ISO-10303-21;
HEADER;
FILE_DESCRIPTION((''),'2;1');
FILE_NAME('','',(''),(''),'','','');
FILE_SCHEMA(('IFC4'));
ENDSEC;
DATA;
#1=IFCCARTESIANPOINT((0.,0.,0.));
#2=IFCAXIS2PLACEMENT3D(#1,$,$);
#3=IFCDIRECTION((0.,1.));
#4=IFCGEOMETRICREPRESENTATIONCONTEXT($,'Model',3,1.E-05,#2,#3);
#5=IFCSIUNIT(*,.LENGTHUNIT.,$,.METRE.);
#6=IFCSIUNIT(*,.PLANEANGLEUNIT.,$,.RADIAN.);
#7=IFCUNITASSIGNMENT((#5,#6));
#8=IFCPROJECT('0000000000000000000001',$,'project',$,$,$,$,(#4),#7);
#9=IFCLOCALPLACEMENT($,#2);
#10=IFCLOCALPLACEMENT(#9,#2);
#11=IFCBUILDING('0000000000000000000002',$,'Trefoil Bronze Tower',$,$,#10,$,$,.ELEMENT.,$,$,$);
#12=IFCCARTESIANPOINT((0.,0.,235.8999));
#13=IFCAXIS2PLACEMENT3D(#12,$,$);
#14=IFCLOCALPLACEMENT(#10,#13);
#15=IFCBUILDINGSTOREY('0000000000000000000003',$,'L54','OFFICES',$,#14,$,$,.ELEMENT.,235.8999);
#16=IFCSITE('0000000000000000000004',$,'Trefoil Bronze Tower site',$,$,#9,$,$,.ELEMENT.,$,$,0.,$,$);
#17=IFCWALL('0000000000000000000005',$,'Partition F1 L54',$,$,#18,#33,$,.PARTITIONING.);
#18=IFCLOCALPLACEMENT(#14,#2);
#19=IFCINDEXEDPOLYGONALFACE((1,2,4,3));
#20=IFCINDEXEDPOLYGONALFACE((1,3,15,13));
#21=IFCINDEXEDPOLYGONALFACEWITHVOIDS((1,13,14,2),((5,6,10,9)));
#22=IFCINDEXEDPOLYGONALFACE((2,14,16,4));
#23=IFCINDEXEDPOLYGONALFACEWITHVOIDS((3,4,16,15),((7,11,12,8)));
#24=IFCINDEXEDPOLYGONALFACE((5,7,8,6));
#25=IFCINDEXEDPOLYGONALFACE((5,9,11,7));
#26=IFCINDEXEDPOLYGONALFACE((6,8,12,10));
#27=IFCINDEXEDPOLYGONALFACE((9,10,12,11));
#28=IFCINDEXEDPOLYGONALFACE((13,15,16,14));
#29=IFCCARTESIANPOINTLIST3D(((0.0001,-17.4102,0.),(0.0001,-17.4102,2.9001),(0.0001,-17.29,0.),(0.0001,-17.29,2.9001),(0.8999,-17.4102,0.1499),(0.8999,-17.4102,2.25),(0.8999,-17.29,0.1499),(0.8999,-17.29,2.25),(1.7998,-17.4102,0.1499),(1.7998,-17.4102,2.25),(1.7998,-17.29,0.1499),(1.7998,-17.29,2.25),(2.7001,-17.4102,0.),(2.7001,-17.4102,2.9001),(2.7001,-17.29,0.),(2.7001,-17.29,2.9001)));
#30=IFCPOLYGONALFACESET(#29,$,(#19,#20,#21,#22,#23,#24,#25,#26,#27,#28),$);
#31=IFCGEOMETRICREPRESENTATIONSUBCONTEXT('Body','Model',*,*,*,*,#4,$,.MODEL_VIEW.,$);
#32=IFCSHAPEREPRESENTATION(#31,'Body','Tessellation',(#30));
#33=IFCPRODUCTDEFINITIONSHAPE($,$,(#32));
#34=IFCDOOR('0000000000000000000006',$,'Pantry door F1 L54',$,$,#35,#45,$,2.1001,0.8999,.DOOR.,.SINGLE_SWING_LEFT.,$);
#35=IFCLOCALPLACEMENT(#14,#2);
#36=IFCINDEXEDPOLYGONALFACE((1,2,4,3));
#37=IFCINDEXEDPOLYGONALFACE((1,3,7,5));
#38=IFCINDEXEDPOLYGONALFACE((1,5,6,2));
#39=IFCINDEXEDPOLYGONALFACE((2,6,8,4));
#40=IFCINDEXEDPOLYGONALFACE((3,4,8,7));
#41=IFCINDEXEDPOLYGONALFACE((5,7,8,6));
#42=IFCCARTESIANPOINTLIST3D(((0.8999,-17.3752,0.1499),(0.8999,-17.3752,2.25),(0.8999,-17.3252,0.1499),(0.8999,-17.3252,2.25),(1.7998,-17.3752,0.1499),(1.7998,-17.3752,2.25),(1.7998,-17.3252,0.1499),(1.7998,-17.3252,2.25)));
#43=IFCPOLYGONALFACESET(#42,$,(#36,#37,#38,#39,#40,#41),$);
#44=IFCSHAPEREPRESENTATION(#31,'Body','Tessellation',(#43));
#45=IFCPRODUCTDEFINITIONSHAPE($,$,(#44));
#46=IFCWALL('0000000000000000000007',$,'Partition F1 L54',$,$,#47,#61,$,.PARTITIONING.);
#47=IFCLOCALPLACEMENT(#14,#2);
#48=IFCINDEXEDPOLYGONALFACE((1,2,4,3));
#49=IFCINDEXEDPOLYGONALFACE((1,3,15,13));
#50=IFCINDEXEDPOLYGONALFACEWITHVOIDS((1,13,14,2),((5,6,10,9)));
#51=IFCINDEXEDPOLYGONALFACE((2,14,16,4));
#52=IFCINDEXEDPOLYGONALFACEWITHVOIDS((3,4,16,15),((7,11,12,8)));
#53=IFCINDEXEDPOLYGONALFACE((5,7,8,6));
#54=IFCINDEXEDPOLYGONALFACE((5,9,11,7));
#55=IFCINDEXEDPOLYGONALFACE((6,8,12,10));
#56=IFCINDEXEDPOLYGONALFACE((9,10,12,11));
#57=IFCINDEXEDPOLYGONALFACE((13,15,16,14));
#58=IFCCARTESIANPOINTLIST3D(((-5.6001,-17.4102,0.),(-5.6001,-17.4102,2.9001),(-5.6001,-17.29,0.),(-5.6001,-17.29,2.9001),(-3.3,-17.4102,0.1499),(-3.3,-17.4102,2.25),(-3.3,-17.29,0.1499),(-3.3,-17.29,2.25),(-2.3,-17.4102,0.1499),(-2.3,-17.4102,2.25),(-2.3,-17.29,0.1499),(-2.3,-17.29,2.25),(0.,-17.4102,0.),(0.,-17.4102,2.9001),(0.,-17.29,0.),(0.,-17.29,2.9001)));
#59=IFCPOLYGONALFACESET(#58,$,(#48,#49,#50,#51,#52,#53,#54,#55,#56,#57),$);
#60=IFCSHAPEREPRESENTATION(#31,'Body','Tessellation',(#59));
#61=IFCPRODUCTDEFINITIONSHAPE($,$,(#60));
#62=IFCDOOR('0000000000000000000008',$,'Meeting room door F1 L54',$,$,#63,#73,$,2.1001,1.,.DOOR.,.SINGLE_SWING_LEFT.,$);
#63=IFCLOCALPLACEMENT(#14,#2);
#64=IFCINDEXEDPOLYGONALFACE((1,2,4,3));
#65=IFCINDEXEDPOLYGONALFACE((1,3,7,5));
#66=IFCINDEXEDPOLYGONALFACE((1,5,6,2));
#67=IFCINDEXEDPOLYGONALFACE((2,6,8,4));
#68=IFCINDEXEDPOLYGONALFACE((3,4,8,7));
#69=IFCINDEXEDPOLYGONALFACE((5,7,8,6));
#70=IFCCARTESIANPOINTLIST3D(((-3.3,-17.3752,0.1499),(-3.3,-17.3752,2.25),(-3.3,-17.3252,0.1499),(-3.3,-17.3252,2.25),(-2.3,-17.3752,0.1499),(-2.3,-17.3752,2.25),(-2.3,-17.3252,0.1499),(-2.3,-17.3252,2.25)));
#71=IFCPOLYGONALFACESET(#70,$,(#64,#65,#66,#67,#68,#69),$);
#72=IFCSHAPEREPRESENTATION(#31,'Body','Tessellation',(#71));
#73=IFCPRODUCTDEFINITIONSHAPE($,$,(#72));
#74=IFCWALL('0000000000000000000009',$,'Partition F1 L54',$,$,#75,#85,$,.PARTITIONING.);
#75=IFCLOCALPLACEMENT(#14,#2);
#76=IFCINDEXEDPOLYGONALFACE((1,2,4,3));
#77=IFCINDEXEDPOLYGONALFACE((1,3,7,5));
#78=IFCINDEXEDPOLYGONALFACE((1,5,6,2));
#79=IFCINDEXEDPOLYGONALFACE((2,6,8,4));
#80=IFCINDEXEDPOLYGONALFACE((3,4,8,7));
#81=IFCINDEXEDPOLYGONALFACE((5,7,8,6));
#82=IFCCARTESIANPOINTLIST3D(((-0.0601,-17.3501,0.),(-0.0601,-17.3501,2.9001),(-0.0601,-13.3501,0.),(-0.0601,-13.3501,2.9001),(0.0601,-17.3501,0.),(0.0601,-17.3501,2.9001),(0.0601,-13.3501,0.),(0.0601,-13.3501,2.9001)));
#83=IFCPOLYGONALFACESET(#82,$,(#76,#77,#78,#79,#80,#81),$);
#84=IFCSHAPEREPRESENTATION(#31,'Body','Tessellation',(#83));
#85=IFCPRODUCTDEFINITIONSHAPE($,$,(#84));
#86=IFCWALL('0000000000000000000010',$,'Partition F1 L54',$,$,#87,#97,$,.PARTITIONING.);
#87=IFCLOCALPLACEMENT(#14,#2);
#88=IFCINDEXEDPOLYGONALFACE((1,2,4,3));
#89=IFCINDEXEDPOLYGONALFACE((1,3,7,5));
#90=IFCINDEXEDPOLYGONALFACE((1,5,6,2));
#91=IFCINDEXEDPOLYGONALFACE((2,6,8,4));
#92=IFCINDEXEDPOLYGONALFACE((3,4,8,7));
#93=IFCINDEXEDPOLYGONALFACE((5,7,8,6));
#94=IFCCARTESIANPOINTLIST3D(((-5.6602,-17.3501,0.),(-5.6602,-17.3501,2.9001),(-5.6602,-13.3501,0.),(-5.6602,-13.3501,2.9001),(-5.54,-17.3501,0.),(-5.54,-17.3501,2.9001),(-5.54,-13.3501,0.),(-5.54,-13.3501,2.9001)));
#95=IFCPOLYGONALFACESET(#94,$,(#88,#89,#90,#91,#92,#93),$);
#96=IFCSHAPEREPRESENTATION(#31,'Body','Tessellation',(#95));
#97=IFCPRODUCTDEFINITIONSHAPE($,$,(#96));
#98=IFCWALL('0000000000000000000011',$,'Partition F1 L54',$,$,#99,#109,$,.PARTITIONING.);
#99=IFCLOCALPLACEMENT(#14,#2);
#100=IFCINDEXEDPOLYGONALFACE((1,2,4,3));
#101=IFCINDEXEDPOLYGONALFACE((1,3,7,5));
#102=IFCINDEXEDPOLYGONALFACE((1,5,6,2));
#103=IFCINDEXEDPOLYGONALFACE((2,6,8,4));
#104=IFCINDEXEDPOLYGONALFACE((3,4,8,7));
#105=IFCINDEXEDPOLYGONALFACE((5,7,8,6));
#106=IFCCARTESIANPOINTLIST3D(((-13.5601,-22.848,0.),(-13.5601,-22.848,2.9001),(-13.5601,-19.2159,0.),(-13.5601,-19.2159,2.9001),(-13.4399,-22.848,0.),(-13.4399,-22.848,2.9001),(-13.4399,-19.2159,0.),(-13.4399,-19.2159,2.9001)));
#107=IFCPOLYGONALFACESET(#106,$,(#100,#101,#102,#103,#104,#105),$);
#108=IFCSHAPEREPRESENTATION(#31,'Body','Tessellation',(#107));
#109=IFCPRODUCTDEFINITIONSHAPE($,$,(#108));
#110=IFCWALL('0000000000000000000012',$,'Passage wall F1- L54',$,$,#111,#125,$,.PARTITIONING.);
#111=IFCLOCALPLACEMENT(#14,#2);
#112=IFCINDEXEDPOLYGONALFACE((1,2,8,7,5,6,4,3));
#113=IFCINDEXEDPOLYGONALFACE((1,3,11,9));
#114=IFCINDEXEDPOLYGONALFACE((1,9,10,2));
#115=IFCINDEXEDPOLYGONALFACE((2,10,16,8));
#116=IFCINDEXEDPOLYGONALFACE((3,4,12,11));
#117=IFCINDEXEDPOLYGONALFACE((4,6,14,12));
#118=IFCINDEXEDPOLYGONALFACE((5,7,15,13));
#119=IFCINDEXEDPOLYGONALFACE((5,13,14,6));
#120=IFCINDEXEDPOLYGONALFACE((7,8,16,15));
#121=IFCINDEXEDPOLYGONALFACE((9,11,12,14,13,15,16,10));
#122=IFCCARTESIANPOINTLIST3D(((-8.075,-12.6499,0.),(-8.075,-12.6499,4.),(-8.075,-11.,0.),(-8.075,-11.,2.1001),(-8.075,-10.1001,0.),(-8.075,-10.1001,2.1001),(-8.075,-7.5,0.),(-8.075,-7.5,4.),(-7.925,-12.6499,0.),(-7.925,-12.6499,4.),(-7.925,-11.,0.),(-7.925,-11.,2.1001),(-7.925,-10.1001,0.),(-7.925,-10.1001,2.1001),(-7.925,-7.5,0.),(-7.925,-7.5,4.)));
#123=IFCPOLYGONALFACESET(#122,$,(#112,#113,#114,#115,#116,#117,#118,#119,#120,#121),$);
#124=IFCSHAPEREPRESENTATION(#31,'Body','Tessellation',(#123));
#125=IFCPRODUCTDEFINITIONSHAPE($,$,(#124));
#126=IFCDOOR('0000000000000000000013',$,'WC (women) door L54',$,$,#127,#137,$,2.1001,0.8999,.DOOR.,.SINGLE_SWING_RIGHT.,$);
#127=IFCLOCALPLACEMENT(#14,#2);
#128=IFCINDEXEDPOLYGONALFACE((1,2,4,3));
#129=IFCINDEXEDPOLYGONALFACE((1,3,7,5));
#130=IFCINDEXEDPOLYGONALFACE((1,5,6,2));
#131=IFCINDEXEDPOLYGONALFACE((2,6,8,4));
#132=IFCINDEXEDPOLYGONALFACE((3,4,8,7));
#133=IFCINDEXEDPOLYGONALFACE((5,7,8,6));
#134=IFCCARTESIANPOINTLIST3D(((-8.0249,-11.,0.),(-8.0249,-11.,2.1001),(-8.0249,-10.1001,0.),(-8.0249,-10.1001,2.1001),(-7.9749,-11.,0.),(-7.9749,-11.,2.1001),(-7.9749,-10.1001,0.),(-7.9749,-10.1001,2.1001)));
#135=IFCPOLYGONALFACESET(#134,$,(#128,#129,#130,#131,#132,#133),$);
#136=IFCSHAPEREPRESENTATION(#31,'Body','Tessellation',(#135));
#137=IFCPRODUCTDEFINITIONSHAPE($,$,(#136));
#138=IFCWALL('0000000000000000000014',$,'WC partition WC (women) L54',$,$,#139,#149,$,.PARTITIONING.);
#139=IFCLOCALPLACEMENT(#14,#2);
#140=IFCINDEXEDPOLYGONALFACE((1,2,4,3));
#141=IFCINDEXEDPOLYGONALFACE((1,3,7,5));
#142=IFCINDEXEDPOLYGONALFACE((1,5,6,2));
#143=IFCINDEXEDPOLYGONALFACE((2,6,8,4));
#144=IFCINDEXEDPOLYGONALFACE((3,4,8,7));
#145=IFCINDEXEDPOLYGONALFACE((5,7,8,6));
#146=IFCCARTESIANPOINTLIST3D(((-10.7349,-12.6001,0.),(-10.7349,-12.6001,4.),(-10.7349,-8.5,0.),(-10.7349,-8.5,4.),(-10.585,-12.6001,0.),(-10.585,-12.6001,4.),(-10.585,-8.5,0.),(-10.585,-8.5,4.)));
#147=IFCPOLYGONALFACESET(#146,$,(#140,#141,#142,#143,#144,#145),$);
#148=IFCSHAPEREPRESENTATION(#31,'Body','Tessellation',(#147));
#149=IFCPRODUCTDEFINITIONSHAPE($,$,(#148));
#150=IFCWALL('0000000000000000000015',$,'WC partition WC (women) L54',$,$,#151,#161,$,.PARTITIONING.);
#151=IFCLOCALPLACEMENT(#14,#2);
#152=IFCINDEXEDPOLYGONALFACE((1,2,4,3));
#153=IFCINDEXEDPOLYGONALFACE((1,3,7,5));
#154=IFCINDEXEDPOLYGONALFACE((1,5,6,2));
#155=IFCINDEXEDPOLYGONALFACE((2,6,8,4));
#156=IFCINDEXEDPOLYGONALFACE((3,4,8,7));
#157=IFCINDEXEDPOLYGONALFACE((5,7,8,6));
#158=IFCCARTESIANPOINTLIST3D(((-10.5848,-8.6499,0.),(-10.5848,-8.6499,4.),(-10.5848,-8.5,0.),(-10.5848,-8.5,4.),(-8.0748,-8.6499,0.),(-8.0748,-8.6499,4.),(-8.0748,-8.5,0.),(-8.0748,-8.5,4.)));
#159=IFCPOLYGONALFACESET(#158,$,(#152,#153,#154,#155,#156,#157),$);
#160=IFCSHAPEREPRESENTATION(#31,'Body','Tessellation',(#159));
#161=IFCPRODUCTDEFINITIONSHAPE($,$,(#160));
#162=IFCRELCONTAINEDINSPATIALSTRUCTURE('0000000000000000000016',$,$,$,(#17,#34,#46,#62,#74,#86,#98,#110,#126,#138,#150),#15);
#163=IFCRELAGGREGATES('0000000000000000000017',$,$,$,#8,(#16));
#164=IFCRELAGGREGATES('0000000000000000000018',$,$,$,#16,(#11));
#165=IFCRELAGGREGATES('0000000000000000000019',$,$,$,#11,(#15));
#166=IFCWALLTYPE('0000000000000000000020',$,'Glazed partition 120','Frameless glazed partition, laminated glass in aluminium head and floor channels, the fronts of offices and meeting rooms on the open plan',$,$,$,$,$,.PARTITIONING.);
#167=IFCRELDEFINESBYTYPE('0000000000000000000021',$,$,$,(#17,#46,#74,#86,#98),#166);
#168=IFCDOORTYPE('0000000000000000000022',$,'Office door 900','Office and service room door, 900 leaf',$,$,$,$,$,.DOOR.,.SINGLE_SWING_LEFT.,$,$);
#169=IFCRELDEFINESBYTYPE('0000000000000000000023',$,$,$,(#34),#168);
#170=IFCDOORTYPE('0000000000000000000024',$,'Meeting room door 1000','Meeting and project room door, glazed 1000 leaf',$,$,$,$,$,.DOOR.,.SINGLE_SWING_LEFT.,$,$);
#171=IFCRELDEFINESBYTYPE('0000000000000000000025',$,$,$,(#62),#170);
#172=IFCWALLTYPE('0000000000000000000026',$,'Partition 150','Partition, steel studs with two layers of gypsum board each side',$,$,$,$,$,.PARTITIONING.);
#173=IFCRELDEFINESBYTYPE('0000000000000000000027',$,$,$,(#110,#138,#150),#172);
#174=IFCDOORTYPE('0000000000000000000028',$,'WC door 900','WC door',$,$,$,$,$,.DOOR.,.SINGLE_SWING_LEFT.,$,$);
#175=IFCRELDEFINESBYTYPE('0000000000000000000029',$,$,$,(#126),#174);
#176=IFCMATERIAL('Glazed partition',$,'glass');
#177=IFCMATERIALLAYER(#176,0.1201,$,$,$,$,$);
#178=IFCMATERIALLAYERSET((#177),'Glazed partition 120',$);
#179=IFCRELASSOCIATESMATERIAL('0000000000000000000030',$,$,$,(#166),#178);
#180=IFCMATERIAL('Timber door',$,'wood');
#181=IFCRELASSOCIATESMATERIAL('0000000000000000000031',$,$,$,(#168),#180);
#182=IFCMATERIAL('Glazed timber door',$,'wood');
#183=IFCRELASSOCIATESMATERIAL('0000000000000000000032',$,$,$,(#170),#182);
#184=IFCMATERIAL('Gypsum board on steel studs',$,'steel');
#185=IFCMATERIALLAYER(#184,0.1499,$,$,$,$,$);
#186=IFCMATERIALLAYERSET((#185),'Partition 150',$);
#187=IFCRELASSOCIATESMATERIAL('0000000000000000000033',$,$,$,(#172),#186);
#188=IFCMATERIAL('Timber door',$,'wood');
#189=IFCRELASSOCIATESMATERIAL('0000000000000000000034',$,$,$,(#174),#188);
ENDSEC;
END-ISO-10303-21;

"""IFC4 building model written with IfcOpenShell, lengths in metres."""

from ifc_helpers import new_model, si_unit, direction, frame, frame_2d, origin, place, context, subcontext, project, spatial, rectangle, extrude, material, layer, layer_set, type_object, element, fill, save


model = new_model("IFC4")

# Units and contexts
model_context = context("Model", 3, precision=1e-05, world=origin(), true_north=direction((0.0, 1.0)))
body_context = subcontext(model_context, "Body", "Model", "MODEL_VIEW")
ifc_project = project(units=[si_unit("LENGTHUNIT", "METRE"), si_unit("PLANEANGLEUNIT", "RADIAN")], contexts=[model_context])

# Site, building, storey
site_placement = place(None, origin())
site = spatial("IfcSite", under=ifc_project, at=site_placement, Name="Trefoil Bronze Tower site", CompositionType="ELEMENT", RefElevation=0.0)
building_placement = place(site_placement, origin())
building = spatial("IfcBuilding", under=site, at=building_placement, Name="Trefoil Bronze Tower", CompositionType="ELEMENT")
storey_placement = place(building_placement, frame((0.0, 0.0, 235.8999)))
storey = spatial("IfcBuildingStorey", under=building, at=storey_placement, Name="L54", Description="OFFICES", CompositionType="ELEMENT", Elevation=235.8999)

# Walls, openings, doors
ifc_material_1 = material(Name="Glazed partition", Category="glass")
ifc_layer_1 = layer(ifc_material_1, 0.1201)
ifc_layer_set_1 = layer_set([ifc_layer_1], Name="Glazed partition 120")
wall_type_1 = type_object("IfcWallType", Name="Glazed partition 120", Description="Frameless glazed partition, laminated glass in aluminium head and floor channels, the fronts of offices and meeting rooms on the open plan", PredefinedType="PARTITIONING", material=ifc_layer_set_1)
wall_1_placement = place(storey_placement, frame((0.0, -17.3501, 0.0), z_axis=(0.0, 0.0, 1.0), x_axis=(1.0, 0.0, 0.0)))
wall_1 = element("IfcWall", 1, at=wall_1_placement, inside=storey, type_object=wall_type_1, Name="Partition F1 L54", PredefinedType="PARTITIONING", context=body_context, shape_type="SweptSolid", body=[
    extrude(rectangle(XDim=2.7, YDim=0.1201, at=frame_2d((1.3501, 0.0))), origin(), (0.0, 0.0, 1.0), 2.9001),
])
opening_1_placement = place(wall_1_placement, frame((0.8999, 0.0, 0.1499)))
opening_1 = element("IfcOpeningElement", 2, at=opening_1_placement, cuts=wall_1, PredefinedType="OPENING", context=body_context, shape_type="SweptSolid", body=[
    extrude(rectangle(XDim=0.8999, YDim=2.1001, at=frame_2d((0.45, 1.05))), frame((0.0, 0.0701, 0.0), z_axis=(0.0, -1.0, 0.0), x_axis=(1.0, 0.0, 0.0)), (0.0, 0.0, 1.0), 0.1401),
])
ifc_material_2 = material(Name="Timber door", Category="wood")
door_type_1 = type_object("IfcDoorType", Name="Office door 900", Description="Office and service room door, 900 leaf", OperationType="SINGLE_SWING_LEFT", PredefinedType="DOOR", material=ifc_material_2)
door_1_placement = place(opening_1_placement, origin())
door_1 = element("IfcDoor", 3, at=door_1_placement, inside=storey, type_object=door_type_1, Name="Pantry door F1 L54", OperationType="SINGLE_SWING_LEFT", OverallHeight=2.1001, OverallWidth=0.8999, PredefinedType="DOOR", context=body_context, shape_type="SweptSolid", body=[
    extrude(rectangle(XDim=0.8999, YDim=2.1001, at=frame_2d((0.45, 1.05))), frame((0.0, 0.0249, 0.0), z_axis=(0.0, -1.0, 0.0), x_axis=(1.0, 0.0, 0.0)), (0.0, 0.0, 1.0), 0.05),
])
fill(opening_1, door_1)
wall_2_placement = place(storey_placement, frame((-5.6001, -17.3501, 0.0), z_axis=(0.0, 0.0, 1.0), x_axis=(1.0, 0.0, 0.0)))
wall_2 = element("IfcWall", 4, at=wall_2_placement, inside=storey, type_object=wall_type_1, Name="Partition F1 L54", PredefinedType="PARTITIONING", context=body_context, shape_type="SweptSolid", body=[
    extrude(rectangle(XDim=5.6001, YDim=0.1201, at=frame_2d((2.8, 0.0))), origin(), (0.0, 0.0, 1.0), 2.9001),
])
opening_2_placement = place(wall_2_placement, frame((2.3, 0.0, 0.1499)))
opening_2 = element("IfcOpeningElement", 5, at=opening_2_placement, cuts=wall_2, PredefinedType="OPENING", context=body_context, shape_type="SweptSolid", body=[
    extrude(rectangle(XDim=1.0, YDim=2.1001, at=frame_2d((0.5, 1.05))), frame((0.0, 0.0701, 0.0), z_axis=(0.0, -1.0, 0.0), x_axis=(1.0, 0.0, 0.0)), (0.0, 0.0, 1.0), 0.1401),
])
ifc_material_3 = material(Name="Glazed timber door", Category="wood")
door_type_2 = type_object("IfcDoorType", Name="Meeting room door 1000", Description="Meeting and project room door, glazed 1000 leaf", OperationType="SINGLE_SWING_LEFT", PredefinedType="DOOR", material=ifc_material_3)
door_2_placement = place(opening_2_placement, origin())
door_2 = element("IfcDoor", 6, at=door_2_placement, inside=storey, type_object=door_type_2, Name="Meeting room door F1 L54", OperationType="SINGLE_SWING_LEFT", OverallHeight=2.1001, OverallWidth=1.0, PredefinedType="DOOR", context=body_context, shape_type="SweptSolid", body=[
    extrude(rectangle(XDim=1.0, YDim=2.1001, at=frame_2d((0.5, 1.05))), frame((0.0, 0.0249, 0.0), z_axis=(0.0, -1.0, 0.0), x_axis=(1.0, 0.0, 0.0)), (0.0, 0.0, 1.0), 0.05),
])
fill(opening_2, door_2)

# Walls
for number, where, z_axis, x_axis, name in (
    (7, (0.0, -13.3501, 0.0), (0.0, 0.0, 1.0), (0.0, -1.0, 0.0), "Partition F1 L54"),
    (8, (-5.6001, -13.3501, 0.0), (0.0, 0.0, 1.0), (0.0, -1.0, 0.0), "Partition F1 L54"),
):
    element("IfcWall", number, at=place(storey_placement, frame(where, z_axis=z_axis, x_axis=x_axis)), inside=storey, type_object=wall_type_1, Name=name, PredefinedType="PARTITIONING", context=body_context, shape_type="SweptSolid", body=[
        extrude(rectangle(XDim=4.0, YDim=0.1201, at=frame_2d((2.0, 0.0))), origin(), (0.0, 0.0, 1.0), 2.9001),
    ])
wall_3_placement = place(storey_placement, frame((-13.5, -19.2161, 0.0), z_axis=(0.0, 0.0, 1.0), x_axis=(0.0, -1.0, 0.0)))
element("IfcWall", 9, at=wall_3_placement, inside=storey, type_object=wall_type_1, Name="Partition F1 L54", PredefinedType="PARTITIONING", context=body_context, shape_type="SweptSolid", body=[
    extrude(rectangle(XDim=3.6321, YDim=0.1201, at=frame_2d((1.8159, 0.0))), origin(), (0.0, 0.0, 1.0), 2.9001),
])

# Wall, opening, door
ifc_material_4 = material(Name="Gypsum board on steel studs", Category="steel")
ifc_layer_2 = layer(ifc_material_4, 0.1499)
ifc_layer_set_2 = layer_set([ifc_layer_2], Name="Partition 150")
wall_type_2 = type_object("IfcWallType", Name="Partition 150", Description="Partition, steel studs with two layers of gypsum board each side", PredefinedType="PARTITIONING", material=ifc_layer_set_2)
wall_4_placement = place(storey_placement, frame((-8.0, -7.5, 0.0), z_axis=(0.0, 0.0, 1.0), x_axis=(0.0, -1.0, 0.0)))
wall_4 = element("IfcWall", 10, at=wall_4_placement, inside=storey, type_object=wall_type_2, Name="Passage wall F1- L54", PredefinedType="PARTITIONING", context=body_context, shape_type="SweptSolid", body=[
    extrude(rectangle(XDim=5.1499, YDim=0.1499, at=frame_2d((2.575, 0.0))), origin(), (0.0, 0.0, 1.0), 4.0),
])
opening_3_placement = place(wall_4_placement, frame((2.6001, 0.0, 0.0)))
opening_3 = element("IfcOpeningElement", 11, at=opening_3_placement, cuts=wall_4, PredefinedType="OPENING", context=body_context, shape_type="SweptSolid", body=[
    extrude(rectangle(XDim=0.8999, YDim=2.1001, at=frame_2d((0.45, 1.05))), frame((0.0, 0.085, 0.0), z_axis=(0.0, -1.0, 0.0), x_axis=(1.0, 0.0, 0.0)), (0.0, 0.0, 1.0), 0.1699),
])
ifc_material_5 = material(Name="Timber door", Category="wood")
door_type_3 = type_object("IfcDoorType", Name="WC door 900", Description="WC door", OperationType="SINGLE_SWING_LEFT", PredefinedType="DOOR", material=ifc_material_5)
door_3_placement = place(opening_3_placement, frame((0.8999, 0.0, 0.0), z_axis=(0.0, 0.0, 1.0), x_axis=(-1.0, 0.0, 0.0)))
door_3 = element("IfcDoor", 12, at=door_3_placement, inside=storey, type_object=door_type_3, Name="WC (women) door L54", OperationType="SINGLE_SWING_RIGHT", OverallHeight=2.1001, OverallWidth=0.8999, PredefinedType="DOOR", context=body_context, shape_type="SweptSolid", body=[
    extrude(rectangle(XDim=0.8999, YDim=2.1001, at=frame_2d((0.45, 1.05))), frame((0.0, 0.0249, 0.0), z_axis=(0.0, -1.0, 0.0), x_axis=(1.0, 0.0, 0.0)), (0.0, 0.0, 1.0), 0.05),
])
fill(opening_3, door_3)

# Walls
wall_5_placement = place(storey_placement, frame((-10.6599, -8.5, 0.0), z_axis=(0.0, 0.0, 1.0), x_axis=(0.0, -1.0, 0.0)))
element("IfcWall", 13, at=wall_5_placement, inside=storey, type_object=wall_type_2, Name="WC partition WC (women) L54", PredefinedType="PARTITIONING", context=body_context, shape_type="SweptSolid", body=[
    extrude(rectangle(XDim=4.1001, YDim=0.1499, at=frame_2d((2.05, 0.0))), origin(), (0.0, 0.0, 1.0), 4.0),
])
wall_6_placement = place(storey_placement, frame((-8.075, -8.575, 0.0), z_axis=(0.0, 0.0, 1.0), x_axis=(-1.0, 0.0, 0.0)))
element("IfcWall", 14, at=wall_6_placement, inside=storey, type_object=wall_type_2, Name="WC partition WC (women) L54", PredefinedType="PARTITIONING", context=body_context, shape_type="SweptSolid", body=[
    extrude(rectangle(XDim=2.51, YDim=0.1499, at=frame_2d((1.2549, 0.0))), origin(), (0.0, 0.0, 1.0), 4.0),
])

save(model, "model.ifc")
